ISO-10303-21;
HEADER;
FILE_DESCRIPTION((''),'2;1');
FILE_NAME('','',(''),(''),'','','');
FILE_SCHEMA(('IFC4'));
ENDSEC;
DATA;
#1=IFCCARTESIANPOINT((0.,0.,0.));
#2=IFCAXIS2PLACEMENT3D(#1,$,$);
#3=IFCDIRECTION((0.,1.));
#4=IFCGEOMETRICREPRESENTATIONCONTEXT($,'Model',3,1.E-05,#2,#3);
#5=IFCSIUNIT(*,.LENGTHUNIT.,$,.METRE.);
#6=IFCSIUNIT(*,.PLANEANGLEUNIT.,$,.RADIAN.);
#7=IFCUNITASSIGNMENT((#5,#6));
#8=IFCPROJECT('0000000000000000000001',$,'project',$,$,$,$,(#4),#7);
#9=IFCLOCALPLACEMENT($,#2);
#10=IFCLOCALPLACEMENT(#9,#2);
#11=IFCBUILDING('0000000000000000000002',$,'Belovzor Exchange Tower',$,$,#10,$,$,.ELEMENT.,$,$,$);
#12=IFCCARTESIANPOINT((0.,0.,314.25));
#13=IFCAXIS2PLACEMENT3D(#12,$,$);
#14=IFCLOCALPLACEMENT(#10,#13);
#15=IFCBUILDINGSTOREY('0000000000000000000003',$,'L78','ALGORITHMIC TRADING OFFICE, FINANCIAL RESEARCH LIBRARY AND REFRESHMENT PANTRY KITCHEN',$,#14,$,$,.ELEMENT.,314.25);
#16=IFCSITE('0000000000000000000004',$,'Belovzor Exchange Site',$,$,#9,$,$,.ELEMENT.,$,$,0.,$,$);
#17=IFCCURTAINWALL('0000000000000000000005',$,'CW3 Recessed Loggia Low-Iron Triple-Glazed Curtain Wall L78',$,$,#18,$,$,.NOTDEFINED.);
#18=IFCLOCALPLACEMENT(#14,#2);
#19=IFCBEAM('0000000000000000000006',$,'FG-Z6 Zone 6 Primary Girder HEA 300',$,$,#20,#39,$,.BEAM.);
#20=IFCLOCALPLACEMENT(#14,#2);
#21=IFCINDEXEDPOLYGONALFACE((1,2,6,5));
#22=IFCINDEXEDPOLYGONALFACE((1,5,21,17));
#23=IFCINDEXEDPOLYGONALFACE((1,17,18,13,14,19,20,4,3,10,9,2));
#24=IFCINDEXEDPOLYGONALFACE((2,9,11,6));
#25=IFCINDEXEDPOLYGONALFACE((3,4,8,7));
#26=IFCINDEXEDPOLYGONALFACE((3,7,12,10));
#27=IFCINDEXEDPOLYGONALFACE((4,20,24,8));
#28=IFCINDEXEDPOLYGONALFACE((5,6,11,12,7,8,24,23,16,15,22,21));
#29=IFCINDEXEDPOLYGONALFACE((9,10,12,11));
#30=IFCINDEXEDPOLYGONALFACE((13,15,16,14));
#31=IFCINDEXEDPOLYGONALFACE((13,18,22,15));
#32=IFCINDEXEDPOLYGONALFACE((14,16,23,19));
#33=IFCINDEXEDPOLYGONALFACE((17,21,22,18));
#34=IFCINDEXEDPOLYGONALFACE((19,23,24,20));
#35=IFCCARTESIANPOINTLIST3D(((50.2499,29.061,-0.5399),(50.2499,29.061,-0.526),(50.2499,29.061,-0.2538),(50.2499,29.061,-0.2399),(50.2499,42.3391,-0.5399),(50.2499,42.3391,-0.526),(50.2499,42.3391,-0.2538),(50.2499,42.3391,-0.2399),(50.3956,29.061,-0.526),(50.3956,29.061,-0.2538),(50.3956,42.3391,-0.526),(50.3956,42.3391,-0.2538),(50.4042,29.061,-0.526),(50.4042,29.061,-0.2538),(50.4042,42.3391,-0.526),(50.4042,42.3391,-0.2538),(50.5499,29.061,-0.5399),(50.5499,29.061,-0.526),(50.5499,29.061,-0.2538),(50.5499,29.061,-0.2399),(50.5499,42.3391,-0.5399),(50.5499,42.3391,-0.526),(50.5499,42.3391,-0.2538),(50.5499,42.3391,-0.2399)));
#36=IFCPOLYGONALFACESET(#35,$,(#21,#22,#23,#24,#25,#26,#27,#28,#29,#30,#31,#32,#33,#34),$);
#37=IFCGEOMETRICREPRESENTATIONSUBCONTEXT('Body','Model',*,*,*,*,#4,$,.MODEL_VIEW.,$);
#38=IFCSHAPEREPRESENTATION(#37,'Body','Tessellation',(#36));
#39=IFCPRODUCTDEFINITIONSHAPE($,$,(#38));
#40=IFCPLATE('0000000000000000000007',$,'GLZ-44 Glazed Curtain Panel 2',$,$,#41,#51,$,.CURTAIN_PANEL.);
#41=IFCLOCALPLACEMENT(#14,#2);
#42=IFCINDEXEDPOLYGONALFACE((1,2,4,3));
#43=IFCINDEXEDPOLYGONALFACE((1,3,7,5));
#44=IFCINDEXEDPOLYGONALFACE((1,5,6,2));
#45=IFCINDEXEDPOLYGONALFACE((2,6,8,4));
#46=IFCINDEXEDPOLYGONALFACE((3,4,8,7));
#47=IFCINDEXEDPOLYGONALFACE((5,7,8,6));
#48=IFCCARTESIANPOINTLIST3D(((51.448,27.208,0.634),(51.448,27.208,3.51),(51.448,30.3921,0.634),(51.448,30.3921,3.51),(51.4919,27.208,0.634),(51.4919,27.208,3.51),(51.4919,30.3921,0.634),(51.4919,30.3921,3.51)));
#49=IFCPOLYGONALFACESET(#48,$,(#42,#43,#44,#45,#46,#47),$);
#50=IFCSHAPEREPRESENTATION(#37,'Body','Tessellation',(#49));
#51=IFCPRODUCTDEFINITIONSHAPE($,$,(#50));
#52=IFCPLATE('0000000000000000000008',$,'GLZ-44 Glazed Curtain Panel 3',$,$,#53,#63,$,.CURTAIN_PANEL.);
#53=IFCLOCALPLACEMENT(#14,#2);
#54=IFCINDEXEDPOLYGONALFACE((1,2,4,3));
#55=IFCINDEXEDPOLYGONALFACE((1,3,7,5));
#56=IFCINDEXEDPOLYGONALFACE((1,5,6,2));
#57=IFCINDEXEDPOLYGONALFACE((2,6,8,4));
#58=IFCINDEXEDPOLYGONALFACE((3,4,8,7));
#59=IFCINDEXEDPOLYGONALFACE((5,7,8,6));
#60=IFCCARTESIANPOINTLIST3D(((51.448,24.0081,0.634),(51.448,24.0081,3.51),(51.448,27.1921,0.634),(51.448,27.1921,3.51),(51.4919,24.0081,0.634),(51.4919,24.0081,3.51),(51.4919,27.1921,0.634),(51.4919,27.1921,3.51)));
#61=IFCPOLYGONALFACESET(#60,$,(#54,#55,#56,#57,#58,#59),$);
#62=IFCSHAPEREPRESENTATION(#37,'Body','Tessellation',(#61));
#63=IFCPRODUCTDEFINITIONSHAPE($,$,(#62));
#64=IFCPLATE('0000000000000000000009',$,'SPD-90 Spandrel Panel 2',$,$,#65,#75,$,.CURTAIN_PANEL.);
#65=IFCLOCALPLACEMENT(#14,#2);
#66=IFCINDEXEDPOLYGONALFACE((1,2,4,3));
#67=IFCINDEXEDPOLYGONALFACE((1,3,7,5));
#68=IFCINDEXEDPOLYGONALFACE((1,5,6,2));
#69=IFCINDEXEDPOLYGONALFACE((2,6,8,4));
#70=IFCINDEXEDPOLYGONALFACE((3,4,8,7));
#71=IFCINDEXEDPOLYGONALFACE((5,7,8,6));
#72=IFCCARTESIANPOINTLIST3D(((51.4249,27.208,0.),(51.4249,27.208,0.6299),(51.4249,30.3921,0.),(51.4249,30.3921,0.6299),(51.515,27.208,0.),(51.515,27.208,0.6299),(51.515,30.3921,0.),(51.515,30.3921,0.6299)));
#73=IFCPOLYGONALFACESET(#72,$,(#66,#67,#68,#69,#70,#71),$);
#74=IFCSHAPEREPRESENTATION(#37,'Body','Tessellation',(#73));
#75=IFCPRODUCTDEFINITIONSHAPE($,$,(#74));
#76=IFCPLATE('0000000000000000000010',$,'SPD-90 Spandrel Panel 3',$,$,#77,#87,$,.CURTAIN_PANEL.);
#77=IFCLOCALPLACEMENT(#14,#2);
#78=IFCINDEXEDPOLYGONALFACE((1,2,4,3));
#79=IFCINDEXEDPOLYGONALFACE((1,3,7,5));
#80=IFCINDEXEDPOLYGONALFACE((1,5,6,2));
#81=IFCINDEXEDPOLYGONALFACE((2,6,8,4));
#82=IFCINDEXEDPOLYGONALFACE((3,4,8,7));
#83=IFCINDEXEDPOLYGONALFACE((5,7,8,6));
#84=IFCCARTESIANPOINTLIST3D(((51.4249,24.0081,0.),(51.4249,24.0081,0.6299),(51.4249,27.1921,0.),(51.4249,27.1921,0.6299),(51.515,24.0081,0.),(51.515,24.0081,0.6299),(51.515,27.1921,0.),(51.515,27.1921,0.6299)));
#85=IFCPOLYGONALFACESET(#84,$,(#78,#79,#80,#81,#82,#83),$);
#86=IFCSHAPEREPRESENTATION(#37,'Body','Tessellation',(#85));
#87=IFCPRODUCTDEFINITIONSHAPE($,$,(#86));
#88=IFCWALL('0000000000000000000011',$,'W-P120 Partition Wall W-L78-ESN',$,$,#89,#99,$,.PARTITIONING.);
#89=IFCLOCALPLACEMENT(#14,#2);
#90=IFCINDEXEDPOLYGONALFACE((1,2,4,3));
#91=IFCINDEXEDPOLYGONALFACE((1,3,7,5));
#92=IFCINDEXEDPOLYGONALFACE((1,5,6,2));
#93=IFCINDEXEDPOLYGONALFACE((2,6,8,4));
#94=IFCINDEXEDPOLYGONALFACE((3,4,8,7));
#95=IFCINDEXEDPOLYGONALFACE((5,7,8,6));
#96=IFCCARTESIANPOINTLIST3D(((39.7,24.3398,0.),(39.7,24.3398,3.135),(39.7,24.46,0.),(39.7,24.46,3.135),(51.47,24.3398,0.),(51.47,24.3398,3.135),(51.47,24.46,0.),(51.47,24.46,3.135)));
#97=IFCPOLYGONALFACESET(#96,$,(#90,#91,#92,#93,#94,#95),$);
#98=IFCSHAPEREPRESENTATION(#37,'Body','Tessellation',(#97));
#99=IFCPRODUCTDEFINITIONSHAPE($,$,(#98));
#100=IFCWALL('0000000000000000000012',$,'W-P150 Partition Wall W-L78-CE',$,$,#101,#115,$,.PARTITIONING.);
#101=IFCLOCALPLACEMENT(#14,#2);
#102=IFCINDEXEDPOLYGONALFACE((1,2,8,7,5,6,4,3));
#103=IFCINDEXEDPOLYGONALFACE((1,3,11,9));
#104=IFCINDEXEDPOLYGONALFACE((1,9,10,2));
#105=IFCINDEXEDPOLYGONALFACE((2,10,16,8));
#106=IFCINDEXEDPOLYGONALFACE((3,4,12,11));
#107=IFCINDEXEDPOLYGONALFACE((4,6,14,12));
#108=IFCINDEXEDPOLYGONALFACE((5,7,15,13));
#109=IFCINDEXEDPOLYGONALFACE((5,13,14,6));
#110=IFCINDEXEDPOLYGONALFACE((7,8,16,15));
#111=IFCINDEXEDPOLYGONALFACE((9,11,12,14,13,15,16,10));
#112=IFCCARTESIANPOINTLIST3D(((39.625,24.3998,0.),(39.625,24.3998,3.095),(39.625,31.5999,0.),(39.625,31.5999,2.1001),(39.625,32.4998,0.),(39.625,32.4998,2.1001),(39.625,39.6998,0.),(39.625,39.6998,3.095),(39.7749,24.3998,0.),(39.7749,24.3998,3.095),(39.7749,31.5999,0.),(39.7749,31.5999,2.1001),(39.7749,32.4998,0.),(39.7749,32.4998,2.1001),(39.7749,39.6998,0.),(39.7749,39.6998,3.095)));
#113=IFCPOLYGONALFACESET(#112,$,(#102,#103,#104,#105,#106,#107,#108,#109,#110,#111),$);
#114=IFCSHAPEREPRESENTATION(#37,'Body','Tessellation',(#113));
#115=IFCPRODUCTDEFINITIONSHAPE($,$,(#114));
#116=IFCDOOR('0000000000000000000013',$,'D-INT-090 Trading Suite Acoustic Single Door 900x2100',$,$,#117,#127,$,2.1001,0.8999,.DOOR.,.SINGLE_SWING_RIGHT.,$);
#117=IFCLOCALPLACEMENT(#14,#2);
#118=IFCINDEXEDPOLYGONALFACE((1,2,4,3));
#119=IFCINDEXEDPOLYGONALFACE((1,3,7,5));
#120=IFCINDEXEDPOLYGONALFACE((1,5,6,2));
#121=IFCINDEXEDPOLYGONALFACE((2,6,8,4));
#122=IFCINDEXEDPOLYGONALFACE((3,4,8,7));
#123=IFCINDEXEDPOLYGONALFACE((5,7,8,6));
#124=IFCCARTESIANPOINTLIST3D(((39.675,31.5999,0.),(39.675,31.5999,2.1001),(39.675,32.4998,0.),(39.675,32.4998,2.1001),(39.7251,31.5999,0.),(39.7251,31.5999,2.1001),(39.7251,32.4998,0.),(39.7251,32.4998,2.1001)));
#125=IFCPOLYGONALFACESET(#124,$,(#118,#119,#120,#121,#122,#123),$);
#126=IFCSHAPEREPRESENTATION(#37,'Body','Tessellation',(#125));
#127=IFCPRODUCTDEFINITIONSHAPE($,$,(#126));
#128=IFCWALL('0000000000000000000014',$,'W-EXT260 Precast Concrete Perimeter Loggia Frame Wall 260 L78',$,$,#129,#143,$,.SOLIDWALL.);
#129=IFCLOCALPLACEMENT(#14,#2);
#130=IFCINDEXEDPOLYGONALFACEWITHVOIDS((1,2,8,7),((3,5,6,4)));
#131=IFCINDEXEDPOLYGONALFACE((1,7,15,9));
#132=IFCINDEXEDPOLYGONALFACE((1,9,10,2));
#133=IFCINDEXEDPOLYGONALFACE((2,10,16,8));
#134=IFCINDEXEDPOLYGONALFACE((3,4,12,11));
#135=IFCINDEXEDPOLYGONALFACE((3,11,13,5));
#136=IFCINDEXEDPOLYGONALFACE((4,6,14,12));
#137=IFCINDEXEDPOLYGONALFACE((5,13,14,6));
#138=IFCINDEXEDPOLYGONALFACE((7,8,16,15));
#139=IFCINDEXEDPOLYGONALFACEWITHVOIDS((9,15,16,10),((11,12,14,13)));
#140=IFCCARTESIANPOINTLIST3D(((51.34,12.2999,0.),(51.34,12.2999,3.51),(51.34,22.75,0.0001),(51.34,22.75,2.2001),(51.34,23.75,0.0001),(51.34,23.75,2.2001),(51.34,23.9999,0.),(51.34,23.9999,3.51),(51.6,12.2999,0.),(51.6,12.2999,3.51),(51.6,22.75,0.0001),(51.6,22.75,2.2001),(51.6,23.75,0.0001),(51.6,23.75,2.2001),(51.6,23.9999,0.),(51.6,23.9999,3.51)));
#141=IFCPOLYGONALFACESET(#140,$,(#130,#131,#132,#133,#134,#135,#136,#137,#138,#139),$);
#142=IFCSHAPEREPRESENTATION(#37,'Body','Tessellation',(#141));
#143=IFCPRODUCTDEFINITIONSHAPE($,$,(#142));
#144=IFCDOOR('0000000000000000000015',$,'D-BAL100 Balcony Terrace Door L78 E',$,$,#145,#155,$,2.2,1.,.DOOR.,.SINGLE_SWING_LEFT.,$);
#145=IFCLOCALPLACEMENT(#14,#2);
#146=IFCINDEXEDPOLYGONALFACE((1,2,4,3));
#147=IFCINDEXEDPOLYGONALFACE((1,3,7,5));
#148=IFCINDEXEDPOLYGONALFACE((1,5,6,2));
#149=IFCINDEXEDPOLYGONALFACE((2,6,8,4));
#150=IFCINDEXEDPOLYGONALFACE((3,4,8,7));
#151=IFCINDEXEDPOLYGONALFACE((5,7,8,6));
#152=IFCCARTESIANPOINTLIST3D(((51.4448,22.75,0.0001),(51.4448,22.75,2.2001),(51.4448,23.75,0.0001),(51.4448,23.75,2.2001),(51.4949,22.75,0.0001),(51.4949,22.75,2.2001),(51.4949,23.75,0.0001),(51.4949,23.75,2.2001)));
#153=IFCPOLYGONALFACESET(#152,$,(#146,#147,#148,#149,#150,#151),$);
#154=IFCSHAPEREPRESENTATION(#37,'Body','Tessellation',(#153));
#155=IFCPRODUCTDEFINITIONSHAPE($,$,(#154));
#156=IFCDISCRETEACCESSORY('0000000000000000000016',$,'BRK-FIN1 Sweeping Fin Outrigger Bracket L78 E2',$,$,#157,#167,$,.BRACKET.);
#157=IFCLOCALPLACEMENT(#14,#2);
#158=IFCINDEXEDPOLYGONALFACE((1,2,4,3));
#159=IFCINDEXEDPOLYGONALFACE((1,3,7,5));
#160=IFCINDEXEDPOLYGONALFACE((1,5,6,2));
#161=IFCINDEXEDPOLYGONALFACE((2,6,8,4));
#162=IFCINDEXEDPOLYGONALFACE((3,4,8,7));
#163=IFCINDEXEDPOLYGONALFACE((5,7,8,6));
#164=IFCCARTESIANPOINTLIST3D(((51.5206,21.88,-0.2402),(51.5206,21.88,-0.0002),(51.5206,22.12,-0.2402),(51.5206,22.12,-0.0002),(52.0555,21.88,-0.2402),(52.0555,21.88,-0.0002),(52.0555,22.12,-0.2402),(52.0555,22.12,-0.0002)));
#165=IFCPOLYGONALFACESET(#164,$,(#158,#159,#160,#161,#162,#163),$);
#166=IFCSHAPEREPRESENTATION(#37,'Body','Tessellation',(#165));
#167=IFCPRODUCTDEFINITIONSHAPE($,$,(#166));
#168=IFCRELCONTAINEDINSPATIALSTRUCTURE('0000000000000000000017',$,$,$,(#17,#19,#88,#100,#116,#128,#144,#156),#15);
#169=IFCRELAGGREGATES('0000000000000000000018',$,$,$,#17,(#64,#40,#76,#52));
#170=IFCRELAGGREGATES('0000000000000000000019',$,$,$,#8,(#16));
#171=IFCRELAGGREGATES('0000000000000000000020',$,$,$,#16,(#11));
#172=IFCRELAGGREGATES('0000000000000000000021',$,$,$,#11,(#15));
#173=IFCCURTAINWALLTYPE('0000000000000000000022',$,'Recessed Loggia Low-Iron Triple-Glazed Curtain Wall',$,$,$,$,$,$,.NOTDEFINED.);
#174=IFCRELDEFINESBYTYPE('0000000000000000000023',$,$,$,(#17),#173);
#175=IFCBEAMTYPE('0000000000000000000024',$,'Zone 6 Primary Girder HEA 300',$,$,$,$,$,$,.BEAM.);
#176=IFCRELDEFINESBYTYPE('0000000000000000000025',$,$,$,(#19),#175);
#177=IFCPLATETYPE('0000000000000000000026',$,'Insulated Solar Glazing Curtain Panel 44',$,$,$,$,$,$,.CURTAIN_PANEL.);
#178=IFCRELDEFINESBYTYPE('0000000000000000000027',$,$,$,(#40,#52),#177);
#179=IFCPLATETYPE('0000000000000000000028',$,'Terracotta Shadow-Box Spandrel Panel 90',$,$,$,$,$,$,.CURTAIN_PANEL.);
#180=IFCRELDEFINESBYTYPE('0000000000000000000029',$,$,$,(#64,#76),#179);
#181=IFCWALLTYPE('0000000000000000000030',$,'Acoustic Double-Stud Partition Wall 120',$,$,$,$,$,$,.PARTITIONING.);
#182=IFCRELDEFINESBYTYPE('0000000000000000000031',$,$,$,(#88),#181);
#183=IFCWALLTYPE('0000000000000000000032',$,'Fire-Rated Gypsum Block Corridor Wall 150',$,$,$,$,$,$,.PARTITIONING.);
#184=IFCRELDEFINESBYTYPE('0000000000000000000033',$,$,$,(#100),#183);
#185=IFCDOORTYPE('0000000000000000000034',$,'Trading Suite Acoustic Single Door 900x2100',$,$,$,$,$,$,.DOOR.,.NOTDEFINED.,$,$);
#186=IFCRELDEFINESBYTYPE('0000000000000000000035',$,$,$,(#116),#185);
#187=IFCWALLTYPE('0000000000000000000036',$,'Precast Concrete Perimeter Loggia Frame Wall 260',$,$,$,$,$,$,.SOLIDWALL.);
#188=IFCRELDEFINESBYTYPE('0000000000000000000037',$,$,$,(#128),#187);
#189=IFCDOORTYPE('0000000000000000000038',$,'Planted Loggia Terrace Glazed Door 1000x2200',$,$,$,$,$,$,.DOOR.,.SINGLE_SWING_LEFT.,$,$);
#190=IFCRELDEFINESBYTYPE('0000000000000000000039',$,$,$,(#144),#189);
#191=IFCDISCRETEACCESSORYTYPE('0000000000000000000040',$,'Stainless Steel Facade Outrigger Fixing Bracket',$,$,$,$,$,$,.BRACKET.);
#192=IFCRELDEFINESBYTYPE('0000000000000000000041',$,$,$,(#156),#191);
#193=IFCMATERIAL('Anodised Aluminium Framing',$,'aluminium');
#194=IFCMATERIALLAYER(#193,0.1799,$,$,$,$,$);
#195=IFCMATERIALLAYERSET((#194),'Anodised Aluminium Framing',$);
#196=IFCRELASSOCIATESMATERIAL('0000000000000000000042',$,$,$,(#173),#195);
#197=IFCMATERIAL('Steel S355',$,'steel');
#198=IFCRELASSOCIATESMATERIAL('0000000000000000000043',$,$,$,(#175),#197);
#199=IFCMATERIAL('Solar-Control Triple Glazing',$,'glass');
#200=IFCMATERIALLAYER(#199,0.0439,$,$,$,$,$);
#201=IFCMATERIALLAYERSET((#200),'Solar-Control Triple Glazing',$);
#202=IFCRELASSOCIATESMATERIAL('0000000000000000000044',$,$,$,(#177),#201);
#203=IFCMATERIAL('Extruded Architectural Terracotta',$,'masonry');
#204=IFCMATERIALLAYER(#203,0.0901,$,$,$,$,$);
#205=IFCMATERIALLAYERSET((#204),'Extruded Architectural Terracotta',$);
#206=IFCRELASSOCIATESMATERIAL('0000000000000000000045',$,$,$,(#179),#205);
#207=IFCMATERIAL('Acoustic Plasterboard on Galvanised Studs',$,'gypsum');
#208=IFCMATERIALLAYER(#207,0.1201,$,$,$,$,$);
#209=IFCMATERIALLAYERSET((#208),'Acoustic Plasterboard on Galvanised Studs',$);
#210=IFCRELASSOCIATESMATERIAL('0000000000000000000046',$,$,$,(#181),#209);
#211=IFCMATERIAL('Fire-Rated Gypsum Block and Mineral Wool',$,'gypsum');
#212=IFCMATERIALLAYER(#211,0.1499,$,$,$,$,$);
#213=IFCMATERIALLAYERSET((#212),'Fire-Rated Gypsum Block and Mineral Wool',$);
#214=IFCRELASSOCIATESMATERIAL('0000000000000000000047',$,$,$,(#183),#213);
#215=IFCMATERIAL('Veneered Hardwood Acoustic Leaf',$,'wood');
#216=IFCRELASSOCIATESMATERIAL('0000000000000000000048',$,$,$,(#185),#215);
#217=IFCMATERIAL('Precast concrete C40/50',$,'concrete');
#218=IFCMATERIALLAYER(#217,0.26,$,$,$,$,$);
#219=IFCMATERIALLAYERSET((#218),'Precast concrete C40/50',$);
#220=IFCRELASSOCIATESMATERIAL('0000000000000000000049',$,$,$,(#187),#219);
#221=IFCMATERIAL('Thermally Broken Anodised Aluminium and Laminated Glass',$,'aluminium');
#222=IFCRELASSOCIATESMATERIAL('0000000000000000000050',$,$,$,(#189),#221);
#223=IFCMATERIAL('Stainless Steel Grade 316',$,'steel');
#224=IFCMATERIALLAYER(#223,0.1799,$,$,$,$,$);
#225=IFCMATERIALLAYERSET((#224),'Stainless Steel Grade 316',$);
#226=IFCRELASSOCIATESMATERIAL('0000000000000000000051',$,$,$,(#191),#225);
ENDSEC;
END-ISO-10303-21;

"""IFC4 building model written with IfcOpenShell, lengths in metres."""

from ifc_helpers import new_model, si_unit, direction, frame, frame_2d, origin, origin_2d, place, context, subcontext, project, spatial, rectangle, i_section, extrude, material, layer, layer_set, material_profile, profile_set, type_object, element, fill, aggregate, save


model = new_model("IFC4")

# Units and contexts
model_context = context("Model", 3, precision=1e-05, world=origin(), true_north=direction((0.0, 1.0)))
body_context = subcontext(model_context, "Body", "Model", "MODEL_VIEW")
ifc_project = project(units=[si_unit("LENGTHUNIT", "METRE"), si_unit("PLANEANGLEUNIT", "RADIAN")], contexts=[model_context])

# Site, building, storey
site_placement = place(None, origin())
site = spatial("IfcSite", under=ifc_project, at=site_placement, Name="Belovzor Exchange Site", CompositionType="ELEMENT", RefElevation=0.0)
building_placement = place(site_placement, origin())
building = spatial("IfcBuilding", under=site, at=building_placement, Name="Belovzor Exchange Tower", CompositionType="ELEMENT")
storey_placement = place(building_placement, frame((0.0, 0.0, 314.25)))
storey = spatial("IfcBuildingStorey", under=building, at=storey_placement, Name="L78", Description="ALGORITHMIC TRADING OFFICE, FINANCIAL RESEARCH LIBRARY AND REFRESHMENT PANTRY KITCHEN", CompositionType="ELEMENT", Elevation=314.25)

# Curtain wall
ifc_material_1 = material(Name="Anodised Aluminium Framing", Category="aluminium")
ifc_layer_1 = layer(ifc_material_1, 0.1799)
ifc_layer_set_1 = layer_set([ifc_layer_1], Name="Anodised Aluminium Framing")
curtain_wall_type = type_object("IfcCurtainWallType", Name="Recessed Loggia Low-Iron Triple-Glazed Curtain Wall", PredefinedType="NOTDEFINED", material=ifc_layer_set_1)
curtain_wall_placement = place(storey_placement, origin())
curtain_wall = element("IfcCurtainWall", 1, at=curtain_wall_placement, inside=storey, type_object=curtain_wall_type, Name="CW3 Recessed Loggia Low-Iron Triple-Glazed Curtain Wall L78", PredefinedType="NOTDEFINED")

# Beam
ifc_material_2 = material(Name="Steel S355", Category="steel")
ifc_material_profile_1 = material_profile(ifc_material_2, i_section(OverallWidth=0.3, OverallDepth=0.3, WebThickness=0.0085, FlangeThickness=0.0139, at=origin_2d()))
ifc_profile_set_1 = profile_set([ifc_material_profile_1], Name="Steel S355")
beam_type_1 = type_object("IfcBeamType", Name="Zone 6 Primary Girder HEA 300", PredefinedType="BEAM", material=ifc_profile_set_1)
beam_1_placement = place(storey_placement, frame((50.3999, 29.061, -0.3899), z_axis=(0.0, 1.0, 0.0), x_axis=(-1.0, 0.0, 0.0)))
element("IfcBeam", 2, at=beam_1_placement, inside=storey, type_object=beam_type_1, Name="FG-Z6 Zone 6 Primary Girder HEA 300", PredefinedType="BEAM", context=body_context, shape_type="SweptSolid", body=[
    extrude(i_section(OverallWidth=0.3, OverallDepth=0.3, WebThickness=0.0085, FlangeThickness=0.0139, at=origin_2d()), origin(), (0.0, 0.0, 1.0), 13.2781),
])

# Plates
ifc_material_3 = material(Name="Solar-Control Triple Glazing", Category="glass")
ifc_layer_2 = layer(ifc_material_3, 0.0439)
ifc_layer_set_2 = layer_set([ifc_layer_2], Name="Solar-Control Triple Glazing")
plate_type_1 = type_object("IfcPlateType", Name="Insulated Solar Glazing Curtain Panel 44", PredefinedType="CURTAIN_PANEL", material=ifc_layer_set_2)
plate_1_placement = place(storey_placement, frame((51.47, 28.8, 0.634), z_axis=(0.0, 0.0, 1.0), x_axis=(0.0, -1.0, 0.0)))
plate_1 = element("IfcPlate", 3, at=plate_1_placement, type_object=plate_type_1, Name="GLZ-44 Glazed Curtain Panel 2", PredefinedType="CURTAIN_PANEL", context=body_context, shape_type="SweptSolid", body=[
    extrude(rectangle(XDim=3.1841, YDim=0.0439, at=origin_2d()), origin(), (0.0, 0.0, 1.0), 2.876),
])
plate_2_placement = place(storey_placement, frame((51.47, 25.6001, 0.634), z_axis=(0.0, 0.0, 1.0), x_axis=(0.0, -1.0, 0.0)))
plate_2 = element("IfcPlate", 4, at=plate_2_placement, type_object=plate_type_1, Name="GLZ-44 Glazed Curtain Panel 3", PredefinedType="CURTAIN_PANEL", context=body_context, shape_type="SweptSolid", body=[
    extrude(rectangle(XDim=3.1841, YDim=0.0439, at=origin_2d()), origin(), (0.0, 0.0, 1.0), 2.876),
])
ifc_material_4 = material(Name="Extruded Architectural Terracotta", Category="masonry")
ifc_layer_3 = layer(ifc_material_4, 0.0901)
ifc_layer_set_3 = layer_set([ifc_layer_3], Name="Extruded Architectural Terracotta")
plate_type_2 = type_object("IfcPlateType", Name="Terracotta Shadow-Box Spandrel Panel 90", PredefinedType="CURTAIN_PANEL", material=ifc_layer_set_3)
plate_3_placement = place(storey_placement, frame((51.47, 28.8, 0.0), z_axis=(0.0, 0.0, 1.0), x_axis=(0.0, -1.0, 0.0)))
plate_3 = element("IfcPlate", 5, at=plate_3_placement, type_object=plate_type_2, Name="SPD-90 Spandrel Panel 2", PredefinedType="CURTAIN_PANEL", context=body_context, shape_type="SweptSolid", body=[
    extrude(rectangle(XDim=3.1841, YDim=0.0901, at=origin_2d()), origin(), (0.0, 0.0, 1.0), 0.6299),
])
plate_4_placement = place(storey_placement, frame((51.47, 25.6001, 0.0), z_axis=(0.0, 0.0, 1.0), x_axis=(0.0, -1.0, 0.0)))
plate_4 = element("IfcPlate", 6, at=plate_4_placement, type_object=plate_type_2, Name="SPD-90 Spandrel Panel 3", PredefinedType="CURTAIN_PANEL", context=body_context, shape_type="SweptSolid", body=[
    extrude(rectangle(XDim=3.1841, YDim=0.0901, at=origin_2d()), origin(), (0.0, 0.0, 1.0), 0.6299),
])
aggregate(curtain_wall, [plate_3, plate_1, plate_4, plate_2])

# Wall
ifc_material_5 = material(Name="Acoustic Plasterboard on Galvanised Studs", Category="gypsum")
ifc_layer_4 = layer(ifc_material_5, 0.1201)
ifc_layer_set_4 = layer_set([ifc_layer_4], Name="Acoustic Plasterboard on Galvanised Studs")
wall_type_1 = type_object("IfcWallType", Name="Acoustic Double-Stud Partition Wall 120", PredefinedType="PARTITIONING", material=ifc_layer_set_4)
wall_1_placement = place(storey_placement, frame((39.7, 24.3999, 0.0), z_axis=(0.0, 0.0, 1.0), x_axis=(1.0, 0.0, 0.0)))
element("IfcWall", 7, at=wall_1_placement, inside=storey, type_object=wall_type_1, Name="W-P120 Partition Wall W-L78-ESN", PredefinedType="PARTITIONING", context=body_context, shape_type="SweptSolid", body=[
    extrude(rectangle(XDim=11.77, YDim=0.1201, at=frame_2d((5.885, 0.0))), origin(), (0.0, 0.0, 1.0), 3.135),
])

# Walls, openings, doors
ifc_material_6 = material(Name="Fire-Rated Gypsum Block and Mineral Wool", Category="gypsum")
ifc_layer_5 = layer(ifc_material_6, 0.1499)
ifc_layer_set_5 = layer_set([ifc_layer_5], Name="Fire-Rated Gypsum Block and Mineral Wool")
wall_type_2 = type_object("IfcWallType", Name="Fire-Rated Gypsum Block Corridor Wall 150", PredefinedType="PARTITIONING", material=ifc_layer_set_5)
wall_2_placement = place(storey_placement, frame((39.7, 24.3999, 0.0), z_axis=(0.0, 0.0, 1.0), x_axis=(0.0, 1.0, 0.0)))
wall_2 = element("IfcWall", 8, at=wall_2_placement, inside=storey, type_object=wall_type_2, Name="W-P150 Partition Wall W-L78-CE", PredefinedType="PARTITIONING", context=body_context, shape_type="SweptSolid", body=[
    extrude(rectangle(XDim=15.3, YDim=0.1499, at=frame_2d((7.6499, 0.0))), origin(), (0.0, 0.0, 1.0), 3.095),
])
opening_1_placement = place(wall_2_placement, frame((7.2, 0.0, 0.0)))
opening_1 = element("IfcOpeningElement", 9, at=opening_1_placement, cuts=wall_2, PredefinedType="OPENING", context=body_context, shape_type="SweptSolid", body=[
    extrude(rectangle(XDim=0.8999, YDim=2.1001, at=frame_2d((0.45, 1.05))), frame((0.0, 0.085, 0.0), z_axis=(0.0, -1.0, 0.0), x_axis=(1.0, 0.0, 0.0)), (0.0, 0.0, 1.0), 0.1699),
])
ifc_material_7 = material(Name="Veneered Hardwood Acoustic Leaf", Category="wood")
door_type_1 = type_object("IfcDoorType", Name="Trading Suite Acoustic Single Door 900x2100", OperationType="NOTDEFINED", PredefinedType="DOOR", material=ifc_material_7)
door_1_placement = place(opening_1_placement, origin())
door_1 = element("IfcDoor", 10, at=door_1_placement, inside=storey, type_object=door_type_1, Name="D-INT-090 Trading Suite Acoustic Single Door 900x2100", OperationType="SINGLE_SWING_RIGHT", OverallHeight=2.1001, OverallWidth=0.8999, PredefinedType="DOOR", context=body_context, shape_type="SweptSolid", body=[
    extrude(rectangle(XDim=0.8999, YDim=2.1001, at=frame_2d((0.45, 1.05))), frame((0.0, 0.0249, 0.0), z_axis=(0.0, -1.0, 0.0), x_axis=(1.0, 0.0, 0.0)), (0.0, 0.0, 1.0), 0.05),
])
fill(opening_1, door_1)
ifc_material_8 = material(Name="Precast concrete C40/50", Category="concrete")
ifc_layer_6 = layer(ifc_material_8, 0.26)
ifc_layer_set_6 = layer_set([ifc_layer_6], Name="Precast concrete C40/50")
wall_type_3 = type_object("IfcWallType", Name="Precast Concrete Perimeter Loggia Frame Wall 260", PredefinedType="SOLIDWALL", material=ifc_layer_set_6)
wall_3_placement = place(storey_placement, frame((51.47, 24.0, 0.0), z_axis=(0.0, 0.0, 1.0), x_axis=(0.0, -1.0, 0.0)))
wall_3 = element("IfcWall", 11, at=wall_3_placement, inside=storey, type_object=wall_type_3, Name="W-EXT260 Precast Concrete Perimeter Loggia Frame Wall 260 L78", PredefinedType="SOLIDWALL", context=body_context, shape_type="SweptSolid", body=[
    extrude(rectangle(XDim=11.7, YDim=0.26, at=frame_2d((5.8501, 0.0))), origin(), (0.0, 0.0, 1.0), 3.51),
])
opening_2_placement = place(wall_3_placement, frame((0.25, 0.0, 0.0)))
opening_2 = element("IfcOpeningElement", 12, at=opening_2_placement, cuts=wall_3, PredefinedType="OPENING", context=body_context, shape_type="SweptSolid", body=[
    extrude(rectangle(XDim=1.0, YDim=2.2, at=frame_2d((0.5, 1.1001))), frame((0.0, 0.1399, 0.0), z_axis=(0.0, -1.0, 0.0), x_axis=(1.0, 0.0, 0.0)), (0.0, 0.0, 1.0), 0.28),
])
ifc_material_9 = material(Name="Thermally Broken Anodised Aluminium and Laminated Glass", Category="aluminium")
door_type_2 = type_object("IfcDoorType", Name="Planted Loggia Terrace Glazed Door 1000x2200", OperationType="SINGLE_SWING_LEFT", PredefinedType="DOOR", material=ifc_material_9)
door_2_placement = place(opening_2_placement, origin())
door_2 = element("IfcDoor", 13, at=door_2_placement, inside=storey, type_object=door_type_2, Name="D-BAL100 Balcony Terrace Door L78 E", OperationType="SINGLE_SWING_LEFT", OverallHeight=2.2, OverallWidth=1.0, PredefinedType="DOOR", context=body_context, shape_type="SweptSolid", body=[
    extrude(rectangle(XDim=1.0, YDim=2.2, at=frame_2d((0.5, 1.1001))), frame((0.0, 0.0249, 0.0), z_axis=(0.0, -1.0, 0.0), x_axis=(1.0, 0.0, 0.0)), (0.0, 0.0, 1.0), 0.05),
])
fill(opening_2, door_2)

# Discrete accessory
ifc_material_10 = material(Name="Stainless Steel Grade 316", Category="steel")
ifc_layer_7 = layer(ifc_material_10, 0.1799)
ifc_layer_set_7 = layer_set([ifc_layer_7], Name="Stainless Steel Grade 316")
discrete_accessory_type = type_object("IfcDiscreteAccessoryType", Name="Stainless Steel Facade Outrigger Fixing Bracket", PredefinedType="BRACKET", material=ifc_layer_set_7)
discrete_accessory_placement = place(storey_placement, frame((51.7881, 22.0, -0.2402), z_axis=(0.0, 0.0, 1.0), x_axis=(1.0, 0.0, 0.0)))
element("IfcDiscreteAccessory", 14, at=discrete_accessory_placement, inside=storey, type_object=discrete_accessory_type, Name="BRK-FIN1 Sweeping Fin Outrigger Bracket L78 E2", PredefinedType="BRACKET", context=body_context, shape_type="SweptSolid", body=[
    extrude(rectangle(XDim=0.5349, YDim=0.24, at=origin_2d()), origin(), (0.0, 0.0, 1.0), 0.24),
])

save(model, "model.ifc")
